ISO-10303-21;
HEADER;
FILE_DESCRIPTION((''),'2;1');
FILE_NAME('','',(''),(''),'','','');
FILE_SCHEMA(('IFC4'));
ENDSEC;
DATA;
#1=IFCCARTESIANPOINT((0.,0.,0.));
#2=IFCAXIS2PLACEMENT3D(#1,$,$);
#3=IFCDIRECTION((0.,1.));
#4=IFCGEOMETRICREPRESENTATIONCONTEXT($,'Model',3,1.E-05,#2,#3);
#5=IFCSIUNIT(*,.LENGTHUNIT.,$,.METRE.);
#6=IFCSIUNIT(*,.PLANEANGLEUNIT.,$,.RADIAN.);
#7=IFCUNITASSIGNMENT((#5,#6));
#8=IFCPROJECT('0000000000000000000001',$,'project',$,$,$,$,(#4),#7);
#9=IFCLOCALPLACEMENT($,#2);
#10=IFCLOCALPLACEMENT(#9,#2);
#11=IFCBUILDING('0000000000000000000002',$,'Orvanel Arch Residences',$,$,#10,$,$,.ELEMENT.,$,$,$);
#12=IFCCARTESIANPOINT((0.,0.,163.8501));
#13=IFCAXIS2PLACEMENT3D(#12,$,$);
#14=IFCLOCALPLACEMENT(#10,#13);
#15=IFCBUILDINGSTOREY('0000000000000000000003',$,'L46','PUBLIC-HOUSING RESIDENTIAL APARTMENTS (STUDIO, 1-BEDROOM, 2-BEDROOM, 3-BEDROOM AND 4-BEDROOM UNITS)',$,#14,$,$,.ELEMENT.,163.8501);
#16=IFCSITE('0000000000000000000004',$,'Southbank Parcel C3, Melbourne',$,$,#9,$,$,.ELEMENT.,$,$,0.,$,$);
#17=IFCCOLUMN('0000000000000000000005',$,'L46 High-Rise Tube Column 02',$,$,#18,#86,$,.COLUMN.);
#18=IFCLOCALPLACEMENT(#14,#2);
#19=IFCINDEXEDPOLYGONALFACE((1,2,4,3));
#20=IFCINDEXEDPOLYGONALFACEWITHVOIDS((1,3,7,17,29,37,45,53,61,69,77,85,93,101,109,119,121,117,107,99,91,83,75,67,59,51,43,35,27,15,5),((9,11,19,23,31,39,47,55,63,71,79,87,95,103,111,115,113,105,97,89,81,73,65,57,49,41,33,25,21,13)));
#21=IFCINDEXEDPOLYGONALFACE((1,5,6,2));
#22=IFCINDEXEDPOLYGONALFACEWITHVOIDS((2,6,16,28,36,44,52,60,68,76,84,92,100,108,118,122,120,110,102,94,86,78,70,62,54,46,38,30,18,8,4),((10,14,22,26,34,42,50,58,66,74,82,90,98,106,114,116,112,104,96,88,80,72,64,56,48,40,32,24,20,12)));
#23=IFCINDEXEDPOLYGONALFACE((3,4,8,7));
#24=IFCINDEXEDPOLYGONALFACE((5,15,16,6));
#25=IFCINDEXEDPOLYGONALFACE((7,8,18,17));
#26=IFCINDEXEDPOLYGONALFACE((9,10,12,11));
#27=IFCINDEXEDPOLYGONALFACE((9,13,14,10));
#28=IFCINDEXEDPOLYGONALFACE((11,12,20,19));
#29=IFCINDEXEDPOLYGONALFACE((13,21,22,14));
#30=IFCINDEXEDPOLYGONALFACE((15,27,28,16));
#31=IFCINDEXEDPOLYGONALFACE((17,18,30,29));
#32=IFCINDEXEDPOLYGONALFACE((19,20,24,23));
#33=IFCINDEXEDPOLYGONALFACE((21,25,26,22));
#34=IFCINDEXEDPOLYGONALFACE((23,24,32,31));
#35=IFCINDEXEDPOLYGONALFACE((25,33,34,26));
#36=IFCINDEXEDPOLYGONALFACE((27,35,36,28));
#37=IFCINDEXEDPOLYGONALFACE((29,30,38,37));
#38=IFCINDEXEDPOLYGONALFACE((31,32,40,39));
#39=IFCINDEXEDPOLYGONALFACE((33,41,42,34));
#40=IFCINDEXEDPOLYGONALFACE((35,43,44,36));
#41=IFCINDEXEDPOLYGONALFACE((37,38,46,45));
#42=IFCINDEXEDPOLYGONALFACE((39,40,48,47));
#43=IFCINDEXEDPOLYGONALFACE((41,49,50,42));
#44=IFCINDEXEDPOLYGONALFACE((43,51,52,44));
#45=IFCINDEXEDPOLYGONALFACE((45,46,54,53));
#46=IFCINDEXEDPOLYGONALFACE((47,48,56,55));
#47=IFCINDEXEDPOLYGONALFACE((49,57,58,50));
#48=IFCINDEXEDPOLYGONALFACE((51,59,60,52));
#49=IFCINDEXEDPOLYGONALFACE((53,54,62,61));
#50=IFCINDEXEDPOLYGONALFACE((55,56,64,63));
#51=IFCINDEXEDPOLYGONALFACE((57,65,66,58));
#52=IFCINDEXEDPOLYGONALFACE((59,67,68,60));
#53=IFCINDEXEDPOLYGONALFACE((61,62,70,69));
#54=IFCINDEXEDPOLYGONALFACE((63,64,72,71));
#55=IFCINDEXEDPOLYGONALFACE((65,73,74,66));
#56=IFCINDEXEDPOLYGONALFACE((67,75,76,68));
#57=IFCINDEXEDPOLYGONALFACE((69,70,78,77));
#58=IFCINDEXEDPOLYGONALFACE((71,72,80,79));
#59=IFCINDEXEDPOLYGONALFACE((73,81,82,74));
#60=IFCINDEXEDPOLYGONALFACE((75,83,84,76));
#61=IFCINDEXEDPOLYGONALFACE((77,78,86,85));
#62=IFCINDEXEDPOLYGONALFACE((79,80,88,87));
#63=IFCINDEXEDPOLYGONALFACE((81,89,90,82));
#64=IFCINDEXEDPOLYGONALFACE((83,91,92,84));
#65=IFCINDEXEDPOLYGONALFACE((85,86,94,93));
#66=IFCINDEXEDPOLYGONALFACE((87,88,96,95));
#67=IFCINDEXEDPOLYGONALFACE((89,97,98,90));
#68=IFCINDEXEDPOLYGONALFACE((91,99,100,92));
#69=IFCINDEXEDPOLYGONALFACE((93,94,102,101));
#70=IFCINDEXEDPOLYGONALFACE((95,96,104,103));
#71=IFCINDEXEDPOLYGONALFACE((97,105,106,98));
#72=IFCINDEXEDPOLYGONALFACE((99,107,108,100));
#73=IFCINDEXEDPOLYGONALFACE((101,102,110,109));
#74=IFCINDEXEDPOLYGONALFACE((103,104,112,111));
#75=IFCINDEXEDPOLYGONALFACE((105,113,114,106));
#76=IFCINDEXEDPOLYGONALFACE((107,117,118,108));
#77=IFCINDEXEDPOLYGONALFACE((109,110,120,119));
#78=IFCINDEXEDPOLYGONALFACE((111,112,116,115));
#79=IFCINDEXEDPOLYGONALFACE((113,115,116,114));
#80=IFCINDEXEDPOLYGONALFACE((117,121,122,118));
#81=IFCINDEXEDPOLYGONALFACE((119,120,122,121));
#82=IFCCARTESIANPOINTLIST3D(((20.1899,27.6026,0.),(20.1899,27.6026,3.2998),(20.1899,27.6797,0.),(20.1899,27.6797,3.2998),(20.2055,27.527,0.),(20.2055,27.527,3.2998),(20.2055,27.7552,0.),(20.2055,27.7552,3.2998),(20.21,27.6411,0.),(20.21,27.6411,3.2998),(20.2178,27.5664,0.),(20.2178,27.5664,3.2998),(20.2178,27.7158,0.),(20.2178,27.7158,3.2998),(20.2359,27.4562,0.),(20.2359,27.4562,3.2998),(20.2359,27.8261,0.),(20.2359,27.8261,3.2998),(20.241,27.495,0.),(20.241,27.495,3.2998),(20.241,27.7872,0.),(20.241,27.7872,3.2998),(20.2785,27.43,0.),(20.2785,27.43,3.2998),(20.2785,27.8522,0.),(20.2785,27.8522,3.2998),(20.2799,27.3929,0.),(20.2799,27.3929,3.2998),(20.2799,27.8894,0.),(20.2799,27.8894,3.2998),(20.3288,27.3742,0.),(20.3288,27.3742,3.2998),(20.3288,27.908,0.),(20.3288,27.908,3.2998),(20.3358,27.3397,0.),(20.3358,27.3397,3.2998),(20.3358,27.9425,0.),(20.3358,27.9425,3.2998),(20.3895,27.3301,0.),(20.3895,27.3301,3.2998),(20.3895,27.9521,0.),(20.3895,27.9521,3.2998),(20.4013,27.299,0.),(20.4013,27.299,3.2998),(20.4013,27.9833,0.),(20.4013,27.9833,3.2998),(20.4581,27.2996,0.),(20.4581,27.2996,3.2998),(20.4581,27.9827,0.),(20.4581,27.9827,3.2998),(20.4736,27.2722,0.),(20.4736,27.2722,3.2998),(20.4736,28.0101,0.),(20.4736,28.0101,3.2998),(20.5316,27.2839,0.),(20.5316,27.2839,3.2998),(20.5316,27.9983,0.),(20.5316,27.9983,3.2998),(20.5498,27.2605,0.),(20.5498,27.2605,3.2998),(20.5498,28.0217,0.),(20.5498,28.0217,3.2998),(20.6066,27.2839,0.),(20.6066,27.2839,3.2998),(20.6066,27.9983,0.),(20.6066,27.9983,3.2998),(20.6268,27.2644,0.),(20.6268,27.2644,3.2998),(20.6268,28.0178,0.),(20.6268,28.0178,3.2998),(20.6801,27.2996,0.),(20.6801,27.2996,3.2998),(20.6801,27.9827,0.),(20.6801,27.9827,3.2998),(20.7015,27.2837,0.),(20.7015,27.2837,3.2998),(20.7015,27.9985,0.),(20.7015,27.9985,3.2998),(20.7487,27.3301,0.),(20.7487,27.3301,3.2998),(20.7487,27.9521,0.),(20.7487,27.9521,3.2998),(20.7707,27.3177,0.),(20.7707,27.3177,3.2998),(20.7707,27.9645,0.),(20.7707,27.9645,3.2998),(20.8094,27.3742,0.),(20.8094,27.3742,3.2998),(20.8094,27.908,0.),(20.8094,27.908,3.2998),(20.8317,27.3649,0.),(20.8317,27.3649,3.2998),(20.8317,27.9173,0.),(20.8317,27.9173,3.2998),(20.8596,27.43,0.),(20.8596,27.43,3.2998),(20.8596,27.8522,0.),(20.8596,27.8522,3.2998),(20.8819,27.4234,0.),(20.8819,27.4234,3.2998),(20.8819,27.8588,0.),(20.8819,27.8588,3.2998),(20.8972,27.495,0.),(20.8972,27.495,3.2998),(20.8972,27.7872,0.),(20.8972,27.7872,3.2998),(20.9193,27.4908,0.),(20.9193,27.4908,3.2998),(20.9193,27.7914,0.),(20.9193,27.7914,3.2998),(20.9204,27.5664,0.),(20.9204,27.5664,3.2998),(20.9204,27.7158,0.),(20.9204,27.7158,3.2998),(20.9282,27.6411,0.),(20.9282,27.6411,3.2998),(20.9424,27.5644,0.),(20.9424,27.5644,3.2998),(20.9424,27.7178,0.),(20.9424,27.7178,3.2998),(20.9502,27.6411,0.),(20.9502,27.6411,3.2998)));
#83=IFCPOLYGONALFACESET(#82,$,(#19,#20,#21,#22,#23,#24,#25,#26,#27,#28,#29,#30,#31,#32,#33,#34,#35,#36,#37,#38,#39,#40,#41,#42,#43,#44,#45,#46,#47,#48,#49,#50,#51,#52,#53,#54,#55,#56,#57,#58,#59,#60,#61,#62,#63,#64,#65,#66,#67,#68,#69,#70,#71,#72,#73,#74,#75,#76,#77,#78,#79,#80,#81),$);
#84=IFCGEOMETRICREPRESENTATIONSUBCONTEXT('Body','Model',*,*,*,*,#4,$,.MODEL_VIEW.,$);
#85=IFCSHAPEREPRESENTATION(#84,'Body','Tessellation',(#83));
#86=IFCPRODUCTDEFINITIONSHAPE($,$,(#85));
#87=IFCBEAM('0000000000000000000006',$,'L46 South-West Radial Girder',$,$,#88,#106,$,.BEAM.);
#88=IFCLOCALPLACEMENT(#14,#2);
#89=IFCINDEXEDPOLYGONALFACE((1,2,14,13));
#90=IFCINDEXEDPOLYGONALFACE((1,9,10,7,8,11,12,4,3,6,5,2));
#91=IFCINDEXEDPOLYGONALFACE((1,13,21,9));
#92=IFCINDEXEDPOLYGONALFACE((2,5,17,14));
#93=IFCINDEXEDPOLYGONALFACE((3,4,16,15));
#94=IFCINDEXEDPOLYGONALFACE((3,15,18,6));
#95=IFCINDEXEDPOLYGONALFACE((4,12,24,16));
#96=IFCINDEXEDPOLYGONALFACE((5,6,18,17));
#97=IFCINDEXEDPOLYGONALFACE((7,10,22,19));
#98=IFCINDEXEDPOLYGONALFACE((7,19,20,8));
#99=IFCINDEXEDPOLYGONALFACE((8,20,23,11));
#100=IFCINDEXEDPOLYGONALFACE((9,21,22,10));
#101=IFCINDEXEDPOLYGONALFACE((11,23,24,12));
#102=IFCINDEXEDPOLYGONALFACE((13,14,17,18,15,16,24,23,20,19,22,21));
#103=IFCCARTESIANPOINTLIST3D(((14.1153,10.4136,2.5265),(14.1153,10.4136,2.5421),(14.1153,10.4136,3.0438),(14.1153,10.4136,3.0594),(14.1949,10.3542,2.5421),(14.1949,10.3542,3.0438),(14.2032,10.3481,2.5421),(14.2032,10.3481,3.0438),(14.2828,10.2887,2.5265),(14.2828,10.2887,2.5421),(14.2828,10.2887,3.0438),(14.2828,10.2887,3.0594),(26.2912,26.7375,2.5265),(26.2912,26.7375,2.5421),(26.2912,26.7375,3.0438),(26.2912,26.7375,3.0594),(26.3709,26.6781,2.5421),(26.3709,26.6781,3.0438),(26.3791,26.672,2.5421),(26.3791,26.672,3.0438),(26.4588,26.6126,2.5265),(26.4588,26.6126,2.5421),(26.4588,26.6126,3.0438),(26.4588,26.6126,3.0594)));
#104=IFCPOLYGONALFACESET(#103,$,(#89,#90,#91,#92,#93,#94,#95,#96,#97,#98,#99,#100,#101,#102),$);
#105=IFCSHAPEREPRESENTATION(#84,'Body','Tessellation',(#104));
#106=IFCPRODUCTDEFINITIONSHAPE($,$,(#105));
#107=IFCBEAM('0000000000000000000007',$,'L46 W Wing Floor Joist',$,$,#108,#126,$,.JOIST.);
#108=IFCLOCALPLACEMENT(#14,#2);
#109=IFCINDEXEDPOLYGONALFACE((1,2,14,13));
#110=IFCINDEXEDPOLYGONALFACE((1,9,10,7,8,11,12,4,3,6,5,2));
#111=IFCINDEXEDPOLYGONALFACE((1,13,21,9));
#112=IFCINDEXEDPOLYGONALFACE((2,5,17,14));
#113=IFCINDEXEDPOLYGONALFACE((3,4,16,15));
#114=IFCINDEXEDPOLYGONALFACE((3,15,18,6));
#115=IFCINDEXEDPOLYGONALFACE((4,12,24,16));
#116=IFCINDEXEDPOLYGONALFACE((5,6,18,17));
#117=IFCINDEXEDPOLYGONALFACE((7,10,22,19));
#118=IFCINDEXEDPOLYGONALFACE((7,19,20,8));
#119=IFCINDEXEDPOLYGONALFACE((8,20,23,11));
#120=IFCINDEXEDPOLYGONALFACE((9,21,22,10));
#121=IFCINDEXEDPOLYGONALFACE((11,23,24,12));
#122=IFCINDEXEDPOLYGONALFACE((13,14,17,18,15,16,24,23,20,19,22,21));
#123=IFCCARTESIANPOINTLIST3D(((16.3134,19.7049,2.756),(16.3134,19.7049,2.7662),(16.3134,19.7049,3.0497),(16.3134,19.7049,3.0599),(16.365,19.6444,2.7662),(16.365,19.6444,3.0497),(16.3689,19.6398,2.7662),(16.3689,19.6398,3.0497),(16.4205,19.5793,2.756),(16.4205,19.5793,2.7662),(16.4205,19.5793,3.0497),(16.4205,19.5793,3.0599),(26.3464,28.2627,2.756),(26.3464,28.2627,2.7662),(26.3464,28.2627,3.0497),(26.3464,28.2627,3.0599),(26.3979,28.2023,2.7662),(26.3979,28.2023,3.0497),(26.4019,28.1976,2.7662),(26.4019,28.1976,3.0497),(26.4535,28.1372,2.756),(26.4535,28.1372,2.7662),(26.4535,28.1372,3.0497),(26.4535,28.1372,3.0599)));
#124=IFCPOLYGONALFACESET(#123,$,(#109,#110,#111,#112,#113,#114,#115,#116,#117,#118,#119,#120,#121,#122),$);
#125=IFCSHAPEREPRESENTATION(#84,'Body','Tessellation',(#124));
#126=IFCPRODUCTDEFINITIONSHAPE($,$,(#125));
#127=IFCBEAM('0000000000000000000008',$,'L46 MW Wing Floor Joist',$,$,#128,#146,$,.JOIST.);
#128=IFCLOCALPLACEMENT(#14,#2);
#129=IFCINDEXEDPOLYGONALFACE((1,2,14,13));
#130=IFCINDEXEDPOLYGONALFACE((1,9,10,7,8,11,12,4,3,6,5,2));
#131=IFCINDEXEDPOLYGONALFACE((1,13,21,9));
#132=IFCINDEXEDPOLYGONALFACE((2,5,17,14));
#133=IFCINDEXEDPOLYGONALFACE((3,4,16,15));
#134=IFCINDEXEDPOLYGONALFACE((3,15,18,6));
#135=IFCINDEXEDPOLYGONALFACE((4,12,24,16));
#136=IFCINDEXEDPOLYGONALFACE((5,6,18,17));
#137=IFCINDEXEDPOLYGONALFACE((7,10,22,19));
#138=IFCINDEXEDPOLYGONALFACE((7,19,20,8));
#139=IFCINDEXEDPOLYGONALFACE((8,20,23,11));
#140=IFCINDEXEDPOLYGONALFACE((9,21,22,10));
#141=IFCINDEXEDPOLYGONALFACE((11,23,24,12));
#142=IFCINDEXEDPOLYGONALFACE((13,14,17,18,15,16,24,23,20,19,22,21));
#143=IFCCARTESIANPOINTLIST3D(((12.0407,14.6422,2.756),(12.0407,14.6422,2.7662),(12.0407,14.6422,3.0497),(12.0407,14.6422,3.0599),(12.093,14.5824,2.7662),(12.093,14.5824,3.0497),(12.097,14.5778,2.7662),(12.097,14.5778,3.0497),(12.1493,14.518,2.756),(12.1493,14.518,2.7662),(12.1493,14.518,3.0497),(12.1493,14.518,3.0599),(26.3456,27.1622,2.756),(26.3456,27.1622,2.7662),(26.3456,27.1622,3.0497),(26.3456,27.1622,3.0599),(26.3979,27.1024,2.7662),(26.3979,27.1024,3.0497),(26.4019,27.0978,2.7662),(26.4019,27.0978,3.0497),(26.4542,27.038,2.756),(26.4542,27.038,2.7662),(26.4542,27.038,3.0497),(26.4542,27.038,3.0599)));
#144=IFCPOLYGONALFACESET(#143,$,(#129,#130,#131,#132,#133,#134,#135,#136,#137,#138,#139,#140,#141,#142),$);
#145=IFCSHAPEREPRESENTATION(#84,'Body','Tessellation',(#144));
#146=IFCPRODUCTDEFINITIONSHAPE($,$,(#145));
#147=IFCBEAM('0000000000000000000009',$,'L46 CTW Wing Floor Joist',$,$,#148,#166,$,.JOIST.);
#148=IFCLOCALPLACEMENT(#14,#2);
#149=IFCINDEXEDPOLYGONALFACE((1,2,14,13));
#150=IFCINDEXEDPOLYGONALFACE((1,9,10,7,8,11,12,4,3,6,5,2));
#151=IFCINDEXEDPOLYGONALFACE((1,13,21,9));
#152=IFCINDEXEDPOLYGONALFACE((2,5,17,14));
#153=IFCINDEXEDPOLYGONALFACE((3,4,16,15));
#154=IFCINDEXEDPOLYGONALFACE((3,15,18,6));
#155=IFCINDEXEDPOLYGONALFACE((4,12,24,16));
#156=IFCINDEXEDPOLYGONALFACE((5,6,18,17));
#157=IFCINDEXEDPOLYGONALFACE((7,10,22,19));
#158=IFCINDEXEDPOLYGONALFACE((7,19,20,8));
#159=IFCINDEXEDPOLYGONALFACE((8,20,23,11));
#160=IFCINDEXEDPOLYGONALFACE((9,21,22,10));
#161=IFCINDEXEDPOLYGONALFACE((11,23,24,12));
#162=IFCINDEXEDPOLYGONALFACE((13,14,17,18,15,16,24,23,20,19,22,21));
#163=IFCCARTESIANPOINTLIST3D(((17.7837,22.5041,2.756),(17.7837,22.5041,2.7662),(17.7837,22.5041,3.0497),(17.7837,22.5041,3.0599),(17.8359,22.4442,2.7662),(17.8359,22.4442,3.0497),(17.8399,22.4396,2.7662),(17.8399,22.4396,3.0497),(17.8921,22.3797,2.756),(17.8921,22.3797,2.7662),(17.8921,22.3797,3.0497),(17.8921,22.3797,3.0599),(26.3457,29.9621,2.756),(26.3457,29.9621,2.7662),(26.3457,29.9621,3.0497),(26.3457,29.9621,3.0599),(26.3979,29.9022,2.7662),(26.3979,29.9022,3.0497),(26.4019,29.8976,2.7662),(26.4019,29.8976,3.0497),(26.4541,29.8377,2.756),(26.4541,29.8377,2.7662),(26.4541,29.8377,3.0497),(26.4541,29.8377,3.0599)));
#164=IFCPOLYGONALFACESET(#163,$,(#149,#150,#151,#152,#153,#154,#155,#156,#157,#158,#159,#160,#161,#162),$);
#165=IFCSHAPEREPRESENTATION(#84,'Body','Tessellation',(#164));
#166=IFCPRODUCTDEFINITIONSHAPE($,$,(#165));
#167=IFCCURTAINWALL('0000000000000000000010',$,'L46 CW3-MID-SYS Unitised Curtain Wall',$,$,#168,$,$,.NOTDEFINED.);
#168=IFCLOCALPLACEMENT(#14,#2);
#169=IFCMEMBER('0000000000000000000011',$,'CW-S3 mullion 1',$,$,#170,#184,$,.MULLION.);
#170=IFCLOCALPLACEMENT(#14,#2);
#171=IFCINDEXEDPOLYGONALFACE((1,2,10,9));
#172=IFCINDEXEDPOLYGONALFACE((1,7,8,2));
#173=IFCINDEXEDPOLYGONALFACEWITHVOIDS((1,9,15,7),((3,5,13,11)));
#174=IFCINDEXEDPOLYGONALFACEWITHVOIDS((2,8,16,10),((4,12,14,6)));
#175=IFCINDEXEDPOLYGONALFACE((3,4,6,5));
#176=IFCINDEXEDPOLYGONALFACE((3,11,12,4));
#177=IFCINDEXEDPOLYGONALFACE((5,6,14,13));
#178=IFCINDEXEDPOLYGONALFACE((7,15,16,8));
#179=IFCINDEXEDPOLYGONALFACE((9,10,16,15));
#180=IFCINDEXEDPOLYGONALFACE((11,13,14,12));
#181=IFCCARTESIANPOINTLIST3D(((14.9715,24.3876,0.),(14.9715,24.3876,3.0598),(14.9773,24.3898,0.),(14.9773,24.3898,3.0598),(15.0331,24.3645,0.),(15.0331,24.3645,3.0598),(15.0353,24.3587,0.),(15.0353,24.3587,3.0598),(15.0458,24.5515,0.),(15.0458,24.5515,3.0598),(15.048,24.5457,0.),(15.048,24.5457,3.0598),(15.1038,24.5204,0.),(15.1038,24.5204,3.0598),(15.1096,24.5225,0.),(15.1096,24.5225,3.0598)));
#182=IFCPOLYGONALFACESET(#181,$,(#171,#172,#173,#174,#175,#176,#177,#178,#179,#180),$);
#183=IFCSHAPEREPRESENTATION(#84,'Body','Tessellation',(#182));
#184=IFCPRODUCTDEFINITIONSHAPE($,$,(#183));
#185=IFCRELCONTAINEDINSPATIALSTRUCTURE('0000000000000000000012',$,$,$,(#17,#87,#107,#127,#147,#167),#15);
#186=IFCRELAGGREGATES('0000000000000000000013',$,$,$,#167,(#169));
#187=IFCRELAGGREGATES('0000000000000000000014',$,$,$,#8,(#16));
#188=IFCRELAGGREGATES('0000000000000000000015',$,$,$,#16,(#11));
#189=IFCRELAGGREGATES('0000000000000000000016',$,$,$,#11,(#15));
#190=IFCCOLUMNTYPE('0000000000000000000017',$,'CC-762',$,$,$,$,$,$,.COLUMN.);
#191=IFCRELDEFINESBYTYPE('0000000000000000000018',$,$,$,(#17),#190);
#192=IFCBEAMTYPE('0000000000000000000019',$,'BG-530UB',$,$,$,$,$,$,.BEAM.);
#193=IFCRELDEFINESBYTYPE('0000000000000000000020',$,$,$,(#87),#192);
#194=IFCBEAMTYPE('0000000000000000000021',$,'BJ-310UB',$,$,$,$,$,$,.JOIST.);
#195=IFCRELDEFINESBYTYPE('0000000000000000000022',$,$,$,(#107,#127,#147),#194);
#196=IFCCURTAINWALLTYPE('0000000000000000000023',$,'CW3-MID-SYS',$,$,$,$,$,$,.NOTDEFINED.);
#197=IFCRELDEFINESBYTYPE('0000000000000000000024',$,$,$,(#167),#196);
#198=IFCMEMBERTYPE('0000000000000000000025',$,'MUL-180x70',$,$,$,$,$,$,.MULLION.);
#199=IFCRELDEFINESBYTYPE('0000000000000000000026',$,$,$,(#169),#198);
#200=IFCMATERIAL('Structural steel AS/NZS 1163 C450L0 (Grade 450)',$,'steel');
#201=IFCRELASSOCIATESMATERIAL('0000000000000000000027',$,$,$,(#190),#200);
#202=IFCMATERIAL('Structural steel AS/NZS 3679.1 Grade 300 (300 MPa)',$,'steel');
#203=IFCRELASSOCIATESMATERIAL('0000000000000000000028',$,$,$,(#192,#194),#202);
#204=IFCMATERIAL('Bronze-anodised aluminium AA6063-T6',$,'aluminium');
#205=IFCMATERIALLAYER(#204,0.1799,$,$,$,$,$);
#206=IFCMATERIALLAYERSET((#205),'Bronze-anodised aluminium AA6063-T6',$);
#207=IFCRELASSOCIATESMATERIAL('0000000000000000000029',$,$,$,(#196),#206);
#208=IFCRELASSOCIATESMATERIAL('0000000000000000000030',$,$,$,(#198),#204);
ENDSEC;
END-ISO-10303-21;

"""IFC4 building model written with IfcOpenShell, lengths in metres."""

from ifc_helpers import new_model, si_unit, direction, frame, origin, origin_2d, place, context, subcontext, project, spatial, hollow_rectangle, hollow_circle, i_section, extrude, material, layer, layer_set, material_profile, profile_set, type_object, element, aggregate, save


model = new_model("IFC4")

# Units and contexts
model_context = context("Model", 3, precision=1e-05, world=origin(), true_north=direction((0.0, 1.0)))
body_context = subcontext(model_context, "Body", "Model", "MODEL_VIEW")
ifc_project = project(units=[si_unit("LENGTHUNIT", "METRE"), si_unit("PLANEANGLEUNIT", "RADIAN")], contexts=[model_context])

# Site, building, storey
site_placement = place(None, origin())
site = spatial("IfcSite", under=ifc_project, at=site_placement, Name="Southbank Parcel C3, Melbourne", CompositionType="ELEMENT", RefElevation=0.0)
building_placement = place(site_placement, origin())
building = spatial("IfcBuilding", under=site, at=building_placement, Name="Orvanel Arch Residences", CompositionType="ELEMENT")
storey_placement = place(building_placement, frame((0.0, 0.0, 163.8501)))
storey = spatial("IfcBuildingStorey", under=building, at=storey_placement, Name="L46", Description="PUBLIC-HOUSING RESIDENTIAL APARTMENTS (STUDIO, 1-BEDROOM, 2-BEDROOM, 3-BEDROOM AND 4-BEDROOM UNITS)", CompositionType="ELEMENT", Elevation=163.8501)

# Column
ifc_material_1 = material(Name="Structural steel AS/NZS 1163 C450L0 (Grade 450)", Category="steel")
ifc_material_profile_1 = material_profile(ifc_material_1, hollow_circle(Radius=0.3811, WallThickness=0.022, at=origin_2d()), Name="CHS762x22")
ifc_profile_set_1 = profile_set([ifc_material_profile_1], Name="Structural steel AS/NZS 1163 C450L0 (Grade 450)")
column_type = type_object("IfcColumnType", Name="CC-762", PredefinedType="COLUMN", material=ifc_profile_set_1)
column_placement = place(storey_placement, frame((20.5691, 27.6411, 0.0), z_axis=(0.0, 0.0, 1.0), x_axis=(1.0, 0.0, 0.0)))
element("IfcColumn", 1, at=column_placement, inside=storey, type_object=column_type, Name="L46 High-Rise Tube Column 02", PredefinedType="COLUMN", context=body_context, shape_type="SweptSolid", body=[
    extrude(hollow_circle(Radius=0.3811, WallThickness=0.022, at=origin_2d()), origin(), (0.0, 0.0, 1.0), 3.2998),
])

# Beams
ifc_material_2 = material(Name="Structural steel AS/NZS 3679.1 Grade 300 (300 MPa)", Category="steel")
ifc_material_profile_2 = material_profile(ifc_material_2, i_section(OverallWidth=0.209, OverallDepth=0.533, WebThickness=0.0103, FlangeThickness=0.0156, at=origin_2d()), Name="530UB92.4")
ifc_profile_set_2 = profile_set([ifc_material_profile_2], Name="Structural steel AS/NZS 3679.1 Grade 300 (300 MPa)")
beam_type_1 = type_object("IfcBeamType", Name="BG-530UB", PredefinedType="BEAM", material=ifc_profile_set_2)
beam_1_placement = place(storey_placement, frame((26.375, 26.675, 2.793), z_axis=(-0.597894, -0.801575, 0.0), x_axis=(0.801575, -0.597894, 0.0)))
element("IfcBeam", 2, at=beam_1_placement, inside=storey, type_object=beam_type_1, Name="L46 South-West Radial Girder", PredefinedType="BEAM", context=body_context, shape_type="SweptSolid", body=[
    extrude(i_section(OverallWidth=0.209, OverallDepth=0.533, WebThickness=0.0103, FlangeThickness=0.0156, at=origin_2d()), origin(), (0.0, 0.0, 1.0), 20.3647),
])
ifc_material_profile_3 = material_profile(ifc_material_2, i_section(OverallWidth=0.165, OverallDepth=0.304, WebThickness=0.0061, FlangeThickness=0.0103, at=origin_2d()), Name="310UB40.4")
ifc_profile_set_3 = profile_set([ifc_material_profile_3], Name="Structural steel AS/NZS 3679.1 Grade 300 (300 MPa)")
beam_type_2 = type_object("IfcBeamType", Name="BJ-310UB", PredefinedType="JOIST", material=ifc_profile_set_3)
beam_2_placement = place(storey_placement, frame((26.3999, 28.2, 2.908), z_axis=(-0.760821, -0.648961, 0.0), x_axis=(0.648961, -0.760821, 0.0)))
element("IfcBeam", 3, at=beam_2_placement, inside=storey, type_object=beam_type_2, Name="L46 W Wing Floor Joist", PredefinedType="JOIST", context=body_context, shape_type="SweptSolid", body=[
    extrude(i_section(OverallWidth=0.165, OverallDepth=0.304, WebThickness=0.0061, FlangeThickness=0.0103, at=origin_2d()), origin(), (0.0, 0.0, 1.0), 13.187),
])
beam_3_placement = place(storey_placement, frame((26.3999, 27.1001, 2.908), z_axis=(-0.752493, -0.6586, 0.0), x_axis=(0.6586, -0.752493, 0.0)))
element("IfcBeam", 4, at=beam_3_placement, inside=storey, type_object=beam_type_2, Name="L46 MW Wing Floor Joist", PredefinedType="JOIST", context=body_context, shape_type="SweptSolid", body=[
    extrude(i_section(OverallWidth=0.165, OverallDepth=0.304, WebThickness=0.0061, FlangeThickness=0.0103, at=origin_2d()), origin(), (0.0, 0.0, 1.0), 19.01),
])
beam_4_placement = place(storey_placement, frame((26.3999, 29.8999, 2.908), z_axis=(-0.754048, -0.656819, 0.0), x_axis=(0.656819, -0.754048, 0.0)))
element("IfcBeam", 5, at=beam_4_placement, inside=storey, type_object=beam_type_2, Name="L46 CTW Wing Floor Joist", PredefinedType="JOIST", context=body_context, shape_type="SweptSolid", body=[
    extrude(i_section(OverallWidth=0.165, OverallDepth=0.304, WebThickness=0.0061, FlangeThickness=0.0103, at=origin_2d()), origin(), (0.0, 0.0, 1.0), 11.3547),
])

# Curtain wall, member
ifc_material_3 = material(Name="Bronze-anodised aluminium AA6063-T6", Category="aluminium")
ifc_layer_1 = layer(ifc_material_3, 0.1799)
ifc_layer_set_1 = layer_set([ifc_layer_1], Name="Bronze-anodised aluminium AA6063-T6")
curtain_wall_type = type_object("IfcCurtainWallType", Name="CW3-MID-SYS", PredefinedType="NOTDEFINED", material=ifc_layer_set_1)
curtain_wall_placement = place(storey_placement, origin())
curtain_wall = element("IfcCurtainWall", 6, at=curtain_wall_placement, inside=storey, type_object=curtain_wall_type, Name="L46 CW3-MID-SYS Unitised Curtain Wall", PredefinedType="NOTDEFINED")
ifc_material_profile_4 = material_profile(ifc_material_3, hollow_rectangle(XDim=0.0701, YDim=0.1799, WallThickness=0.0044, at=origin_2d()), Name="ALU180x70x4.5")
ifc_profile_set_4 = profile_set([ifc_material_profile_4], Name="Bronze-anodised aluminium AA6063-T6")
member_type_1 = type_object("IfcMemberType", Name="MUL-180x70", PredefinedType="MULLION", material=ifc_profile_set_4)
member_1_placement = place(storey_placement, frame((15.0405, 24.4551, 0.0), z_axis=(0.0, 0.0, 1.0), x_axis=(0.910746, -0.412968, 0.0)))
member_1 = element("IfcMember", 7, at=member_1_placement, type_object=member_type_1, Name="CW-S3 mullion 1", PredefinedType="MULLION", context=body_context, shape_type="SweptSolid", body=[
    extrude(hollow_rectangle(XDim=0.0701, YDim=0.1799, WallThickness=0.0044, at=origin_2d()), origin(), (0.0, 0.0, 1.0), 3.0598),
])

aggregate(curtain_wall, [member_1])

save(model, "model.ifc")
